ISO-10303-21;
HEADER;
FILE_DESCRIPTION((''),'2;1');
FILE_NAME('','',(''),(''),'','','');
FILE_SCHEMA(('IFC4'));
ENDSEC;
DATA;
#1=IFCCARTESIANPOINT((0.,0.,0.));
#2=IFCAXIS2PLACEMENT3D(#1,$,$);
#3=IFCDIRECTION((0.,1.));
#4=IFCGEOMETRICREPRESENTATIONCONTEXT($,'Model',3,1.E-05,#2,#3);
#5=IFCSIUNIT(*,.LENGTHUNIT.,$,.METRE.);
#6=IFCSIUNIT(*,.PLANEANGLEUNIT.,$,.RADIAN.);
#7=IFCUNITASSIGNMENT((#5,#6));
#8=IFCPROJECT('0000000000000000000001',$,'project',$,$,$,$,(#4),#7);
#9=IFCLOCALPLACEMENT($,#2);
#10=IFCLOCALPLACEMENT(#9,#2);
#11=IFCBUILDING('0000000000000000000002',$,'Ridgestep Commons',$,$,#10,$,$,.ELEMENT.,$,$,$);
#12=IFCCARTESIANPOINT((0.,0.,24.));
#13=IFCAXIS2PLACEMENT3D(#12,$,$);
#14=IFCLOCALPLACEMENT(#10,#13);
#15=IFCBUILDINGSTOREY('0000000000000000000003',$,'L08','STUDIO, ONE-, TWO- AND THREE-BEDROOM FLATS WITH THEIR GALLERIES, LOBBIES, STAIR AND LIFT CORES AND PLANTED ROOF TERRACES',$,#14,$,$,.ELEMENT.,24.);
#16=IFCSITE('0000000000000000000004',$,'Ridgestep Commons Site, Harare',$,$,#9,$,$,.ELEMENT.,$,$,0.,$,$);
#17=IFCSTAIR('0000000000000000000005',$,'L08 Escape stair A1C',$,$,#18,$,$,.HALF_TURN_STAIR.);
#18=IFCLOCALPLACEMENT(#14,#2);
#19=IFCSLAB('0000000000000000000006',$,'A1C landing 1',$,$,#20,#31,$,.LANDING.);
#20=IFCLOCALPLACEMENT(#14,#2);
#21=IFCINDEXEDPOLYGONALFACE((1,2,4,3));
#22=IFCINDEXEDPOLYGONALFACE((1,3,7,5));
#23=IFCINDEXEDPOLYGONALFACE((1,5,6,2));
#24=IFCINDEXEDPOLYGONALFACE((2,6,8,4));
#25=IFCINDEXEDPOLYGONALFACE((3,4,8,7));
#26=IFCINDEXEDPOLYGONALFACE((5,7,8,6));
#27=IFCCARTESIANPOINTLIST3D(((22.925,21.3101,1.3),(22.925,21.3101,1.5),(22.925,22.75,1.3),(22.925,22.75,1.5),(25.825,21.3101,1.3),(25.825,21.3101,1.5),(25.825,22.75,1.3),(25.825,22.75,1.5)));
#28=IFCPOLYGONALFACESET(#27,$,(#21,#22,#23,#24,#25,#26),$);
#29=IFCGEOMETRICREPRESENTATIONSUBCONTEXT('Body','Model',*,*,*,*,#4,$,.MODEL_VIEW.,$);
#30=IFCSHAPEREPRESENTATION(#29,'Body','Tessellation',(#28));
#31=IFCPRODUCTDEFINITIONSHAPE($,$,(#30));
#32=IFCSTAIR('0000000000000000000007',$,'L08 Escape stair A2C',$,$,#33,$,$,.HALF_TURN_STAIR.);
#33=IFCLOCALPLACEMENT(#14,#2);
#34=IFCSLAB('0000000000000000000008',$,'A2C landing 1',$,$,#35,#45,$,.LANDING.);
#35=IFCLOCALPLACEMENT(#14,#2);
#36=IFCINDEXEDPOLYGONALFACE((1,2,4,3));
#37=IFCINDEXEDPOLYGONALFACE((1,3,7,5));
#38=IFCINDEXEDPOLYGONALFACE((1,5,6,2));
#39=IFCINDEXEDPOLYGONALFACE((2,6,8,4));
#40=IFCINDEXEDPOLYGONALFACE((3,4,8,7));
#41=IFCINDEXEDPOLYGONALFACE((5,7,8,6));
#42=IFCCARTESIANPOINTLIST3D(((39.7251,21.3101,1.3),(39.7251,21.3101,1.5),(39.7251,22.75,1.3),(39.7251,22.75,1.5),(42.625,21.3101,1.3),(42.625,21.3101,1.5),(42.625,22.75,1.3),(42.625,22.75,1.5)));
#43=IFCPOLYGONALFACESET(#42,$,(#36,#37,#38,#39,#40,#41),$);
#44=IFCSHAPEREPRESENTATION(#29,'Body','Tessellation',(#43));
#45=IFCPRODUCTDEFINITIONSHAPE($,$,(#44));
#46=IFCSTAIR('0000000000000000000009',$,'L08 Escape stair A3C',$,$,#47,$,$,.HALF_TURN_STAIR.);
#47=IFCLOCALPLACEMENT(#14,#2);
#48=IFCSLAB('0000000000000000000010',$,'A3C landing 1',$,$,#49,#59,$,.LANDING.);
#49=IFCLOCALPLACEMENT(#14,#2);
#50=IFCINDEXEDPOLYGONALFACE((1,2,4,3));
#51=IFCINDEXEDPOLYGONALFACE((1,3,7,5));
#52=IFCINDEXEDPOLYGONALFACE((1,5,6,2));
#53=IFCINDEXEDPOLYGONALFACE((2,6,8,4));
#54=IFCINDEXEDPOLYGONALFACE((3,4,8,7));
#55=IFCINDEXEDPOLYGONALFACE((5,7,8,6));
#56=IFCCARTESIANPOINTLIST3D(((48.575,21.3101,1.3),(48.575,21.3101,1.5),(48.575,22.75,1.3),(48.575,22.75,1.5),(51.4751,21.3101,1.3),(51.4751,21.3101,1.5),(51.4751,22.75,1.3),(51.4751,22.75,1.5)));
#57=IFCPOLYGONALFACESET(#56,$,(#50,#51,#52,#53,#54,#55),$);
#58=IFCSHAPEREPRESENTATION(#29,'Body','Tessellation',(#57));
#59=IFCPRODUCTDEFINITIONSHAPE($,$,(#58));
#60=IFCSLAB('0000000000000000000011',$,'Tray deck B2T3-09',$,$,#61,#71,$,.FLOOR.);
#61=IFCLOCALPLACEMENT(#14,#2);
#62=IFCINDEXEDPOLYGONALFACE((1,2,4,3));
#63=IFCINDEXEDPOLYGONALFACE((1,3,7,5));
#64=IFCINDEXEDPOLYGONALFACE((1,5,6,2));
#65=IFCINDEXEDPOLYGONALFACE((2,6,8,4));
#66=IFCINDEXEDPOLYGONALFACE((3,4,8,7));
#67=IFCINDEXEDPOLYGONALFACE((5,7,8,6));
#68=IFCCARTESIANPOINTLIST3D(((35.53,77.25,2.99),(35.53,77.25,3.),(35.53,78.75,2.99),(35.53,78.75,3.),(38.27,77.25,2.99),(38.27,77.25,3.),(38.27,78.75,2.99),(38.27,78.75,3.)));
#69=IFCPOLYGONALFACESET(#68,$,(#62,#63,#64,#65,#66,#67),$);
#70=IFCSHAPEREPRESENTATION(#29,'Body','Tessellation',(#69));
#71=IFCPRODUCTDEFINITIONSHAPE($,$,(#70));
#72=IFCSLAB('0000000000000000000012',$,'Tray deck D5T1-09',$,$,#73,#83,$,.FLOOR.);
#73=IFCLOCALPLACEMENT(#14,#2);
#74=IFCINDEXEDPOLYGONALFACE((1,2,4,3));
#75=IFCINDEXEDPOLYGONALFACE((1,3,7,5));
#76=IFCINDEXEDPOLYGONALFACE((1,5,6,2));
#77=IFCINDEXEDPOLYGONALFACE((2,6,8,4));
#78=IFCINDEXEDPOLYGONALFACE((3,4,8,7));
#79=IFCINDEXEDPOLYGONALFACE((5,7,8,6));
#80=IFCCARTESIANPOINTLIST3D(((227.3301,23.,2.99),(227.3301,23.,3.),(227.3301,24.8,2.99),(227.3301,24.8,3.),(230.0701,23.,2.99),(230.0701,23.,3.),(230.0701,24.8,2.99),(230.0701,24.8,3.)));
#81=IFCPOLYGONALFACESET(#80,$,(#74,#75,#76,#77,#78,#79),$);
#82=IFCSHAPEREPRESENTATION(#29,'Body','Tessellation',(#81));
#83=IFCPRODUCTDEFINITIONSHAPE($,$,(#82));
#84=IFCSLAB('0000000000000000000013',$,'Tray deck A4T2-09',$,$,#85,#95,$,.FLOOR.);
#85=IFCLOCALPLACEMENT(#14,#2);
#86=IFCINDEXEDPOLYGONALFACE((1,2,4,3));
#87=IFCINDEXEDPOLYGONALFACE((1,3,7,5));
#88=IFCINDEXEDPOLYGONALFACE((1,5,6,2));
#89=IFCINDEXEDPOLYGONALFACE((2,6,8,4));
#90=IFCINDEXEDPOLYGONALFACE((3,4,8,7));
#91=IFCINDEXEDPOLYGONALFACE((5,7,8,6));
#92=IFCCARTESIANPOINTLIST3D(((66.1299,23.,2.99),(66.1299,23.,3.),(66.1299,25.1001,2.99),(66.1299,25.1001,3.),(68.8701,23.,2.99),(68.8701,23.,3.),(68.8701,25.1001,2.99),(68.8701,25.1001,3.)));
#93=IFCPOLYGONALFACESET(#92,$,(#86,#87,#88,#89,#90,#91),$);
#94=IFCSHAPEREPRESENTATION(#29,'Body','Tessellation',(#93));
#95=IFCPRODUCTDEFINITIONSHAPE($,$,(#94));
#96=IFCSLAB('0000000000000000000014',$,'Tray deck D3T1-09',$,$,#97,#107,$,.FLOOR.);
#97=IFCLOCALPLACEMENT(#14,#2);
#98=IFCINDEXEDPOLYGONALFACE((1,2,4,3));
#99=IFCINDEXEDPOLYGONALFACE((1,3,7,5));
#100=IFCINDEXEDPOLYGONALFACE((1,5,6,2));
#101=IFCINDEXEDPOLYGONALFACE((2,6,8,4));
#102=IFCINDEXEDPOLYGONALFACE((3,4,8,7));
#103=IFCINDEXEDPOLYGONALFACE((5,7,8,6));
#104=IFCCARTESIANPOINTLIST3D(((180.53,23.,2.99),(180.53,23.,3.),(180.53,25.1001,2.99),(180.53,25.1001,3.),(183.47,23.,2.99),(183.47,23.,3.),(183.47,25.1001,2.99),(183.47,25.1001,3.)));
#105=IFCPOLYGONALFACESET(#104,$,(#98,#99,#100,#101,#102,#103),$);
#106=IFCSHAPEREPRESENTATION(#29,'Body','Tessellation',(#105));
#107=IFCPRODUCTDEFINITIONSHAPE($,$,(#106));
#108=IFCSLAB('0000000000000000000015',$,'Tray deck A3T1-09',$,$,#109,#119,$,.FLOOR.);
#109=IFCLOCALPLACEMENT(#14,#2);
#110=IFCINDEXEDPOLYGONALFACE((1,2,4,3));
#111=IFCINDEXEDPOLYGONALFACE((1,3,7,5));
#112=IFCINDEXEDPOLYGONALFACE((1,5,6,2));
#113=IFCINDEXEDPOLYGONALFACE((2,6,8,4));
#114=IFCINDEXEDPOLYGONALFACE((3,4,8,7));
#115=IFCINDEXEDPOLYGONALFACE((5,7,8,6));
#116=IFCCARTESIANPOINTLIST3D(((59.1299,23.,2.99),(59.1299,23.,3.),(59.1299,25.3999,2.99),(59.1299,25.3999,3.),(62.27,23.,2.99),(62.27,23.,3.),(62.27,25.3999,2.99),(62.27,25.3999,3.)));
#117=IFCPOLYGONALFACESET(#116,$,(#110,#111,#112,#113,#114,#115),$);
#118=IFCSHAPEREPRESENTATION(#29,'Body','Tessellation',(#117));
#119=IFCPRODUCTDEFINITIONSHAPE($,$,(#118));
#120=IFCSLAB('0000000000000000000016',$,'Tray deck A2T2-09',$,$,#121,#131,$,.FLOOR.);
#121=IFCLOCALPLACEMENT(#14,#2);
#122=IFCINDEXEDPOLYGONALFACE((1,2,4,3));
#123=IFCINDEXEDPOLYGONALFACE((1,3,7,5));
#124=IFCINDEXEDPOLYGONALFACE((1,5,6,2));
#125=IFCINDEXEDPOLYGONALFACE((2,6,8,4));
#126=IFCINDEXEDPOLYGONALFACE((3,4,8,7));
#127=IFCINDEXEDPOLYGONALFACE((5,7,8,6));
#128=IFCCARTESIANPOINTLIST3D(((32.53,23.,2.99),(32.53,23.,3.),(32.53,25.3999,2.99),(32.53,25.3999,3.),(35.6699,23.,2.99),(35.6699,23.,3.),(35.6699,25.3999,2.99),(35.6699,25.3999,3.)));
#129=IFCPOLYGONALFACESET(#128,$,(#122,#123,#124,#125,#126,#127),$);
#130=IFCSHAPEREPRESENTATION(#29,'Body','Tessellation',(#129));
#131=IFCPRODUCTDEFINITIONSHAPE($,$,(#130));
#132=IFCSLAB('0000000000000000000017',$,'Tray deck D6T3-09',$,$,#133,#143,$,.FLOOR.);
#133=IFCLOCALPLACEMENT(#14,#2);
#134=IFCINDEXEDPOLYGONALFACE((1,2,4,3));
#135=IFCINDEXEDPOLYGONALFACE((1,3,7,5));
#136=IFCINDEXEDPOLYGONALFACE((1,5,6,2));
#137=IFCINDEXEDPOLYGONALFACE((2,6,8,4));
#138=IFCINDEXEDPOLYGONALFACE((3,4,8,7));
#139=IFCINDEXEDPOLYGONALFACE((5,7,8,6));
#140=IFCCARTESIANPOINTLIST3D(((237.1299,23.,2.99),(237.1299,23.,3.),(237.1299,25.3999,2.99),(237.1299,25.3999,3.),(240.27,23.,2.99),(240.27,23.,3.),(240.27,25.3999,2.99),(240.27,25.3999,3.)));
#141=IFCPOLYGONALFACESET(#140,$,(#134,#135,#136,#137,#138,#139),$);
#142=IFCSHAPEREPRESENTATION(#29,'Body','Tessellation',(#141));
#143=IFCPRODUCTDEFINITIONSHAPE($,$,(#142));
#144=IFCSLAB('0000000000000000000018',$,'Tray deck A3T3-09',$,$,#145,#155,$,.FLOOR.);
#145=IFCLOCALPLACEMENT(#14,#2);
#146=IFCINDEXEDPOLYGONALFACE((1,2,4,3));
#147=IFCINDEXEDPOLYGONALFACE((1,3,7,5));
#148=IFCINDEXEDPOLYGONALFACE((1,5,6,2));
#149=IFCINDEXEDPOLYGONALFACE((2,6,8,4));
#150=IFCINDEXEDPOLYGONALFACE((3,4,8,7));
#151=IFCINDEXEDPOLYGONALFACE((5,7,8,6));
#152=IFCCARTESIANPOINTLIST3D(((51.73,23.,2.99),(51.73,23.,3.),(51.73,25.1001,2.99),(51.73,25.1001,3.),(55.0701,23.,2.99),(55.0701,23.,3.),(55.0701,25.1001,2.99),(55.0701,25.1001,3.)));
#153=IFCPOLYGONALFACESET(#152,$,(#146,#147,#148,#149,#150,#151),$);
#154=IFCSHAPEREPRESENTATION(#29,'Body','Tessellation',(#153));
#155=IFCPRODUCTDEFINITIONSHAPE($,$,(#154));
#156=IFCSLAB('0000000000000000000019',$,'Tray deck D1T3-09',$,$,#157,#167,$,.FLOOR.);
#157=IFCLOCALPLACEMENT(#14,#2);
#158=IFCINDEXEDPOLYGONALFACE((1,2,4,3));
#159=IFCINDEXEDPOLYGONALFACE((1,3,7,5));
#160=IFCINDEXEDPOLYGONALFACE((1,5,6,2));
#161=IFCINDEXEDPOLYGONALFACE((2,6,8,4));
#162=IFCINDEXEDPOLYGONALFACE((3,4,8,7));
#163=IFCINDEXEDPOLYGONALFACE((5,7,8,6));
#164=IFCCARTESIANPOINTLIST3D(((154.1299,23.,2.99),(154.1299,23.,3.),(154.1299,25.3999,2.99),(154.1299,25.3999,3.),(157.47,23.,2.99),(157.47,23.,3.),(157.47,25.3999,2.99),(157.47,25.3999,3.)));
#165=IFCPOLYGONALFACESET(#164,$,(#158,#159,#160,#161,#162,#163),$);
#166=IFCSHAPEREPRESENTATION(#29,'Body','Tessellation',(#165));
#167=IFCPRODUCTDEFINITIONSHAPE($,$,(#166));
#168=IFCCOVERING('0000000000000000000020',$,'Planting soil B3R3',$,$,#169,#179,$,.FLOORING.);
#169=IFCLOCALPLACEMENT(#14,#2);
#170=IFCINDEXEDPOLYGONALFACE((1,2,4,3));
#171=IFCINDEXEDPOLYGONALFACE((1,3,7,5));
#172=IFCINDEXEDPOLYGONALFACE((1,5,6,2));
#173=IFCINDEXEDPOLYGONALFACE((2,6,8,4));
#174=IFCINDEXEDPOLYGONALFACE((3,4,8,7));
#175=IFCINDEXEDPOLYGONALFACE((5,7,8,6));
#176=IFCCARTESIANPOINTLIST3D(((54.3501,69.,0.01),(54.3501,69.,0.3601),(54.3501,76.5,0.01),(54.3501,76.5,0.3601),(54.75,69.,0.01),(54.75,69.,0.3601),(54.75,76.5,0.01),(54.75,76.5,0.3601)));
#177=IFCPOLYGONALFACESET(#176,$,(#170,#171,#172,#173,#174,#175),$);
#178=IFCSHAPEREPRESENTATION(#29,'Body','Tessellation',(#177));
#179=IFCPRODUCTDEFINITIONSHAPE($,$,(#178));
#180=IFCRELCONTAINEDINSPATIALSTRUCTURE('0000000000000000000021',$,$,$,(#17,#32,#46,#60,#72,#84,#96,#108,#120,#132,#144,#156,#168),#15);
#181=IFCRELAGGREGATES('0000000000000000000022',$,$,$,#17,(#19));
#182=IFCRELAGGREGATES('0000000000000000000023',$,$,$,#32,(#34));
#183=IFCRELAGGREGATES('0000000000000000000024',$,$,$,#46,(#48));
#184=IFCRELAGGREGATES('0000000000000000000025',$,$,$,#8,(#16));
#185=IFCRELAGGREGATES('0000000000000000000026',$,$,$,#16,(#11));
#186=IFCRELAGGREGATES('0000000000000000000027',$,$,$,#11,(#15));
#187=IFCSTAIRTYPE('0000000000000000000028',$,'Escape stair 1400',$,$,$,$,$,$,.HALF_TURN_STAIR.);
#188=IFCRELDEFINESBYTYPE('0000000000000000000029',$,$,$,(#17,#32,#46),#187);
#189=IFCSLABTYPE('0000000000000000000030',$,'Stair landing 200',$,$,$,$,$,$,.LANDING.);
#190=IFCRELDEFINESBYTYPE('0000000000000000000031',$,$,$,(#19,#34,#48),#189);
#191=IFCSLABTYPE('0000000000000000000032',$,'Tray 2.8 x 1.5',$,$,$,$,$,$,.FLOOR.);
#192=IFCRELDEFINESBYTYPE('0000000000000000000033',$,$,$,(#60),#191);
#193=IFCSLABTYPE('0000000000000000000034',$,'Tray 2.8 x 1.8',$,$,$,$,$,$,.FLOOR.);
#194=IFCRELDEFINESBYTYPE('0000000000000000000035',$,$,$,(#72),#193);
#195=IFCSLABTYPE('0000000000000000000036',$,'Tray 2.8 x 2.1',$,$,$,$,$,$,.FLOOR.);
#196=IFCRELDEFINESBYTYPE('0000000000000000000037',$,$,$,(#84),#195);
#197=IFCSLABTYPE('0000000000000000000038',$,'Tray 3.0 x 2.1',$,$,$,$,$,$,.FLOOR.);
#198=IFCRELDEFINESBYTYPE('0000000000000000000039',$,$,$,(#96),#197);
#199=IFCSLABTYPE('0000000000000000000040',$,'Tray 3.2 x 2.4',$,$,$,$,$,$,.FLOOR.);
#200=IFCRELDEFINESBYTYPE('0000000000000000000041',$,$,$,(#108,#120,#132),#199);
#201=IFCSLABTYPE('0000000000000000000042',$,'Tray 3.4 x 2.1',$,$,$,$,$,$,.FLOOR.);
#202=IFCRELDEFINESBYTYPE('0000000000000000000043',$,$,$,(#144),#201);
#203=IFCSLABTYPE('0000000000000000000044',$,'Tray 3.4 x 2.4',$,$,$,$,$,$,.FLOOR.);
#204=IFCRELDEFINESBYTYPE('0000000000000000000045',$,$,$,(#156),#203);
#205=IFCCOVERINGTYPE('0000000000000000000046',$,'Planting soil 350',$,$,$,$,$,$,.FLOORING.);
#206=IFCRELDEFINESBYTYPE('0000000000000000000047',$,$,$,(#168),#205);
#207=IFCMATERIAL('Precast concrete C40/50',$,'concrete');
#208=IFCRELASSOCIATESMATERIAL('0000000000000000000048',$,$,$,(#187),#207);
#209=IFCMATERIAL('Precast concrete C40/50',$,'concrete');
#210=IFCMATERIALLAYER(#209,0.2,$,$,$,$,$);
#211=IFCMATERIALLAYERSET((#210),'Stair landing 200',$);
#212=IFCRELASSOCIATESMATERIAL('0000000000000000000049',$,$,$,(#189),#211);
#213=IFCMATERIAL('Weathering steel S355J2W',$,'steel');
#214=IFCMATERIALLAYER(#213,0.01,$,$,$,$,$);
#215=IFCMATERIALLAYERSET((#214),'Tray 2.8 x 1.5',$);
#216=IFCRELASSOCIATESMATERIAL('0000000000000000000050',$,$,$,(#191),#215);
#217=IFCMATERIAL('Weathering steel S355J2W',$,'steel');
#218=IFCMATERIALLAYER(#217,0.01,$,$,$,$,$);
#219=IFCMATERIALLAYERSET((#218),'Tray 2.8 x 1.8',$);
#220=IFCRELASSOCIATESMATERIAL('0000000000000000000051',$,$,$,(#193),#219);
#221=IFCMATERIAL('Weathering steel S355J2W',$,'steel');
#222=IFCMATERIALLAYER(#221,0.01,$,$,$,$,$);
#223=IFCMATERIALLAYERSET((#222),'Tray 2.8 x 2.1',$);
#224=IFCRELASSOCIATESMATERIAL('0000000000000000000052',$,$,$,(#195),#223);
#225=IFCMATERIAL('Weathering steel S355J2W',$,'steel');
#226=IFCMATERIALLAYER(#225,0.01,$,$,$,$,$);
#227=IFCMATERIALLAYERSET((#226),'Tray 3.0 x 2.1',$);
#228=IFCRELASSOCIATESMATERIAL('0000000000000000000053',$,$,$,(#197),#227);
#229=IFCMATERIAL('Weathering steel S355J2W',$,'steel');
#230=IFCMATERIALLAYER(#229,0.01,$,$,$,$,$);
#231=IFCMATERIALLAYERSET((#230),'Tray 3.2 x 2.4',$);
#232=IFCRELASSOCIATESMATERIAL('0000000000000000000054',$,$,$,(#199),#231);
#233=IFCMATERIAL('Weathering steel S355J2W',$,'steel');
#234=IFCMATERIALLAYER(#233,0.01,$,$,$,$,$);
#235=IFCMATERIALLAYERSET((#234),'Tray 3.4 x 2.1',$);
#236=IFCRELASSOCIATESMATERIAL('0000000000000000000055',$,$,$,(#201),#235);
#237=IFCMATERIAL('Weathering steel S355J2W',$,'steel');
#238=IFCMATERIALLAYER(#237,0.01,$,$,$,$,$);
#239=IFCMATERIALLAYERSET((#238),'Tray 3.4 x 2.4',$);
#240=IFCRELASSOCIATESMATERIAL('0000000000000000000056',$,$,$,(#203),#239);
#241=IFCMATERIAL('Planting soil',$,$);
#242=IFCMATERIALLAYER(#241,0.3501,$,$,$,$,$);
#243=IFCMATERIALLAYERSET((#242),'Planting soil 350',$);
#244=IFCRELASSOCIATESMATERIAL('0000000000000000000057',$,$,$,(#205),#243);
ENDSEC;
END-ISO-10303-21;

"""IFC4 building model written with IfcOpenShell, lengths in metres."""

from ifc_helpers import new_model, si_unit, direction, frame, origin, place, context, subcontext, project, spatial, polyline, outline, extrude, material, layer, layer_set, type_object, element, aggregate, save


model = new_model("IFC4")

# Units and contexts
model_context = context("Model", 3, precision=1e-05, world=origin(), true_north=direction((0.0, 1.0)))
body_context = subcontext(model_context, "Body", "Model", "MODEL_VIEW")
ifc_project = project(units=[si_unit("LENGTHUNIT", "METRE"), si_unit("PLANEANGLEUNIT", "RADIAN")], contexts=[model_context])

# Site, building, storey
site_placement = place(None, origin())
site = spatial("IfcSite", under=ifc_project, at=site_placement, Name="Ridgestep Commons Site, Harare", CompositionType="ELEMENT", RefElevation=0.0)
building_placement = place(site_placement, origin())
building = spatial("IfcBuilding", under=site, at=building_placement, Name="Ridgestep Commons", CompositionType="ELEMENT")
storey_placement = place(building_placement, frame((0.0, 0.0, 24.0)))
storey = spatial("IfcBuildingStorey", under=building, at=storey_placement, Name="L08", Description="STUDIO, ONE-, TWO- AND THREE-BEDROOM FLATS WITH THEIR GALLERIES, LOBBIES, STAIR AND LIFT CORES AND PLANTED ROOF TERRACES", CompositionType="ELEMENT", Elevation=24.0)

# Stairs, slabs
ifc_material_1 = material(Name="Precast concrete C40/50", Category="concrete")
stair_type = type_object("IfcStairType", Name="Escape stair 1400", PredefinedType="HALF_TURN_STAIR", material=ifc_material_1)
stair_1_placement = place(storey_placement, origin())
stair_1 = element("IfcStair", 1, at=stair_1_placement, inside=storey, type_object=stair_type, Name="L08 Escape stair A1C", PredefinedType="HALF_TURN_STAIR")
ifc_material_2 = material(Name="Precast concrete C40/50", Category="concrete")
ifc_layer_1 = layer(ifc_material_2, 0.2)
ifc_layer_set_1 = layer_set([ifc_layer_1], Name="Stair landing 200")
slab_type_1 = type_object("IfcSlabType", Name="Stair landing 200", PredefinedType="LANDING", material=ifc_layer_set_1)
slab_1_placement = place(storey_placement, frame((0.0, 0.0, 1.3)))
slab_1 = element("IfcSlab", 2, at=slab_1_placement, type_object=slab_type_1, Name="A1C landing 1", PredefinedType="LANDING", context=body_context, shape_type="SweptSolid", body=[
    extrude(outline(polyline([(25.825, 21.3101), (25.825, 22.75), (22.925, 22.75), (22.925, 21.3101), (25.825, 21.3101)])), origin(), (0.0, 0.0, 1.0), 0.2),
])
aggregate(stair_1, [slab_1])
stair_2_placement = place(storey_placement, origin())
stair_2 = element("IfcStair", 3, at=stair_2_placement, inside=storey, type_object=stair_type, Name="L08 Escape stair A2C", PredefinedType="HALF_TURN_STAIR")
slab_2_placement = place(storey_placement, frame((0.0, 0.0, 1.3)))
slab_2 = element("IfcSlab", 4, at=slab_2_placement, type_object=slab_type_1, Name="A2C landing 1", PredefinedType="LANDING", context=body_context, shape_type="SweptSolid", body=[
    extrude(outline(polyline([(42.625, 21.3101), (42.625, 22.75), (39.7251, 22.75), (39.7251, 21.3101), (42.625, 21.3101)])), origin(), (0.0, 0.0, 1.0), 0.2),
])
aggregate(stair_2, [slab_2])
stair_3_placement = place(storey_placement, origin())
stair_3 = element("IfcStair", 5, at=stair_3_placement, inside=storey, type_object=stair_type, Name="L08 Escape stair A3C", PredefinedType="HALF_TURN_STAIR")
slab_3_placement = place(storey_placement, frame((0.0, 0.0, 1.3)))
slab_3 = element("IfcSlab", 6, at=slab_3_placement, type_object=slab_type_1, Name="A3C landing 1", PredefinedType="LANDING", context=body_context, shape_type="SweptSolid", body=[
    extrude(outline(polyline([(51.4751, 21.3101), (51.4751, 22.75), (48.575, 22.75), (48.575, 21.3101), (51.4751, 21.3101)])), origin(), (0.0, 0.0, 1.0), 0.2),
])
aggregate(stair_3, [slab_3])

# Slabs
ifc_material_3 = material(Name="Weathering steel S355J2W", Category="steel")
ifc_layer_2 = layer(ifc_material_3, 0.01)
ifc_layer_set_2 = layer_set([ifc_layer_2], Name="Tray 2.8 x 1.5")
slab_type_2 = type_object("IfcSlabType", Name="Tray 2.8 x 1.5", PredefinedType="FLOOR", material=ifc_layer_set_2)
slab_4_placement = place(storey_placement, frame((0.0, 0.0, 2.99)))
element("IfcSlab", 7, at=slab_4_placement, inside=storey, type_object=slab_type_2, Name="Tray deck B2T3-09", PredefinedType="FLOOR", context=body_context, shape_type="SweptSolid", body=[
    extrude(outline(polyline([(35.53, 77.25), (38.27, 77.25), (38.27, 78.75), (35.53, 78.75), (35.53, 77.25)])), origin(), (0.0, 0.0, 1.0), 0.01),
])
ifc_material_4 = material(Name="Weathering steel S355J2W", Category="steel")
ifc_layer_3 = layer(ifc_material_4, 0.01)
ifc_layer_set_3 = layer_set([ifc_layer_3], Name="Tray 2.8 x 1.8")
slab_type_3 = type_object("IfcSlabType", Name="Tray 2.8 x 1.8", PredefinedType="FLOOR", material=ifc_layer_set_3)
slab_5_placement = place(storey_placement, frame((0.0, 0.0, 2.99)))
element("IfcSlab", 8, at=slab_5_placement, inside=storey, type_object=slab_type_3, Name="Tray deck D5T1-09", PredefinedType="FLOOR", context=body_context, shape_type="SweptSolid", body=[
    extrude(outline(polyline([(227.3301, 23.0), (230.0701, 23.0), (230.0701, 24.8), (227.3301, 24.8), (227.3301, 23.0)])), origin(), (0.0, 0.0, 1.0), 0.01),
])
ifc_material_5 = material(Name="Weathering steel S355J2W", Category="steel")
ifc_layer_4 = layer(ifc_material_5, 0.01)
ifc_layer_set_4 = layer_set([ifc_layer_4], Name="Tray 2.8 x 2.1")
slab_type_4 = type_object("IfcSlabType", Name="Tray 2.8 x 2.1", PredefinedType="FLOOR", material=ifc_layer_set_4)
slab_6_placement = place(storey_placement, frame((0.0, 0.0, 2.99)))
element("IfcSlab", 9, at=slab_6_placement, inside=storey, type_object=slab_type_4, Name="Tray deck A4T2-09", PredefinedType="FLOOR", context=body_context, shape_type="SweptSolid", body=[
    extrude(outline(polyline([(66.1299, 23.0), (68.8701, 23.0), (68.8701, 25.1001), (66.1299, 25.1001), (66.1299, 23.0)])), origin(), (0.0, 0.0, 1.0), 0.01),
])
ifc_material_6 = material(Name="Weathering steel S355J2W", Category="steel")
ifc_layer_5 = layer(ifc_material_6, 0.01)
ifc_layer_set_5 = layer_set([ifc_layer_5], Name="Tray 3.0 x 2.1")
slab_type_5 = type_object("IfcSlabType", Name="Tray 3.0 x 2.1", PredefinedType="FLOOR", material=ifc_layer_set_5)
slab_7_placement = place(storey_placement, frame((0.0, 0.0, 2.99)))
element("IfcSlab", 10, at=slab_7_placement, inside=storey, type_object=slab_type_5, Name="Tray deck D3T1-09", PredefinedType="FLOOR", context=body_context, shape_type="SweptSolid", body=[
    extrude(outline(polyline([(180.53, 23.0), (183.47, 23.0), (183.47, 25.1001), (180.53, 25.1001), (180.53, 23.0)])), origin(), (0.0, 0.0, 1.0), 0.01),
])
ifc_material_7 = material(Name="Weathering steel S355J2W", Category="steel")
ifc_layer_6 = layer(ifc_material_7, 0.01)
ifc_layer_set_6 = layer_set([ifc_layer_6], Name="Tray 3.2 x 2.4")
slab_type_6 = type_object("IfcSlabType", Name="Tray 3.2 x 2.4", PredefinedType="FLOOR", material=ifc_layer_set_6)
slab_8_placement = place(storey_placement, frame((0.0, 0.0, 2.99)))
element("IfcSlab", 11, at=slab_8_placement, inside=storey, type_object=slab_type_6, Name="Tray deck A3T1-09", PredefinedType="FLOOR", context=body_context, shape_type="SweptSolid", body=[
    extrude(outline(polyline([(59.1299, 23.0), (62.27, 23.0), (62.27, 25.3999), (59.1299, 25.3999), (59.1299, 23.0)])), origin(), (0.0, 0.0, 1.0), 0.01),
])
slab_9_placement = place(storey_placement, frame((0.0, 0.0, 2.99)))
element("IfcSlab", 12, at=slab_9_placement, inside=storey, type_object=slab_type_6, Name="Tray deck A2T2-09", PredefinedType="FLOOR", context=body_context, shape_type="SweptSolid", body=[
    extrude(outline(polyline([(32.53, 23.0), (35.6699, 23.0), (35.6699, 25.3999), (32.53, 25.3999), (32.53, 23.0)])), origin(), (0.0, 0.0, 1.0), 0.01),
])
slab_10_placement = place(storey_placement, frame((0.0, 0.0, 2.99)))
element("IfcSlab", 13, at=slab_10_placement, inside=storey, type_object=slab_type_6, Name="Tray deck D6T3-09", PredefinedType="FLOOR", context=body_context, shape_type="SweptSolid", body=[
    extrude(outline(polyline([(237.1299, 23.0), (240.27, 23.0), (240.27, 25.3999), (237.1299, 25.3999), (237.1299, 23.0)])), origin(), (0.0, 0.0, 1.0), 0.01),
])
ifc_material_8 = material(Name="Weathering steel S355J2W", Category="steel")
ifc_layer_7 = layer(ifc_material_8, 0.01)
ifc_layer_set_7 = layer_set([ifc_layer_7], Name="Tray 3.4 x 2.1")
slab_type_7 = type_object("IfcSlabType", Name="Tray 3.4 x 2.1", PredefinedType="FLOOR", material=ifc_layer_set_7)
slab_11_placement = place(storey_placement, frame((0.0, 0.0, 2.99)))
element("IfcSlab", 14, at=slab_11_placement, inside=storey, type_object=slab_type_7, Name="Tray deck A3T3-09", PredefinedType="FLOOR", context=body_context, shape_type="SweptSolid", body=[
    extrude(outline(polyline([(51.73, 23.0), (55.0701, 23.0), (55.0701, 25.1001), (51.73, 25.1001), (51.73, 23.0)])), origin(), (0.0, 0.0, 1.0), 0.01),
])
ifc_material_9 = material(Name="Weathering steel S355J2W", Category="steel")
ifc_layer_8 = layer(ifc_material_9, 0.01)
ifc_layer_set_8 = layer_set([ifc_layer_8], Name="Tray 3.4 x 2.4")
slab_type_8 = type_object("IfcSlabType", Name="Tray 3.4 x 2.4", PredefinedType="FLOOR", material=ifc_layer_set_8)
slab_12_placement = place(storey_placement, frame((0.0, 0.0, 2.99)))
element("IfcSlab", 15, at=slab_12_placement, inside=storey, type_object=slab_type_8, Name="Tray deck D1T3-09", PredefinedType="FLOOR", context=body_context, shape_type="SweptSolid", body=[
    extrude(outline(polyline([(154.1299, 23.0), (157.47, 23.0), (157.47, 25.3999), (154.1299, 25.3999), (154.1299, 23.0)])), origin(), (0.0, 0.0, 1.0), 0.01),
])

# Covering
ifc_material_10 = material(Name="Planting soil")
ifc_layer_9 = layer(ifc_material_10, 0.3501)
ifc_layer_set_9 = layer_set([ifc_layer_9], Name="Planting soil 350")
covering_type_1 = type_object("IfcCoveringType", Name="Planting soil 350", PredefinedType="FLOORING", material=ifc_layer_set_9)
covering_1_placement = place(storey_placement, frame((0.0, 0.0, 0.01)))
element("IfcCovering", 16, at=covering_1_placement, inside=storey, type_object=covering_type_1, Name="Planting soil B3R3", PredefinedType="FLOORING", context=body_context, shape_type="SweptSolid", body=[
    extrude(outline(polyline([(54.3501, 69.0), (54.75, 69.0), (54.75, 76.5), (54.3501, 76.5), (54.3501, 69.0)])), origin(), (0.0, 0.0, 1.0), 0.3501),
])

save(model, "model.ifc")
